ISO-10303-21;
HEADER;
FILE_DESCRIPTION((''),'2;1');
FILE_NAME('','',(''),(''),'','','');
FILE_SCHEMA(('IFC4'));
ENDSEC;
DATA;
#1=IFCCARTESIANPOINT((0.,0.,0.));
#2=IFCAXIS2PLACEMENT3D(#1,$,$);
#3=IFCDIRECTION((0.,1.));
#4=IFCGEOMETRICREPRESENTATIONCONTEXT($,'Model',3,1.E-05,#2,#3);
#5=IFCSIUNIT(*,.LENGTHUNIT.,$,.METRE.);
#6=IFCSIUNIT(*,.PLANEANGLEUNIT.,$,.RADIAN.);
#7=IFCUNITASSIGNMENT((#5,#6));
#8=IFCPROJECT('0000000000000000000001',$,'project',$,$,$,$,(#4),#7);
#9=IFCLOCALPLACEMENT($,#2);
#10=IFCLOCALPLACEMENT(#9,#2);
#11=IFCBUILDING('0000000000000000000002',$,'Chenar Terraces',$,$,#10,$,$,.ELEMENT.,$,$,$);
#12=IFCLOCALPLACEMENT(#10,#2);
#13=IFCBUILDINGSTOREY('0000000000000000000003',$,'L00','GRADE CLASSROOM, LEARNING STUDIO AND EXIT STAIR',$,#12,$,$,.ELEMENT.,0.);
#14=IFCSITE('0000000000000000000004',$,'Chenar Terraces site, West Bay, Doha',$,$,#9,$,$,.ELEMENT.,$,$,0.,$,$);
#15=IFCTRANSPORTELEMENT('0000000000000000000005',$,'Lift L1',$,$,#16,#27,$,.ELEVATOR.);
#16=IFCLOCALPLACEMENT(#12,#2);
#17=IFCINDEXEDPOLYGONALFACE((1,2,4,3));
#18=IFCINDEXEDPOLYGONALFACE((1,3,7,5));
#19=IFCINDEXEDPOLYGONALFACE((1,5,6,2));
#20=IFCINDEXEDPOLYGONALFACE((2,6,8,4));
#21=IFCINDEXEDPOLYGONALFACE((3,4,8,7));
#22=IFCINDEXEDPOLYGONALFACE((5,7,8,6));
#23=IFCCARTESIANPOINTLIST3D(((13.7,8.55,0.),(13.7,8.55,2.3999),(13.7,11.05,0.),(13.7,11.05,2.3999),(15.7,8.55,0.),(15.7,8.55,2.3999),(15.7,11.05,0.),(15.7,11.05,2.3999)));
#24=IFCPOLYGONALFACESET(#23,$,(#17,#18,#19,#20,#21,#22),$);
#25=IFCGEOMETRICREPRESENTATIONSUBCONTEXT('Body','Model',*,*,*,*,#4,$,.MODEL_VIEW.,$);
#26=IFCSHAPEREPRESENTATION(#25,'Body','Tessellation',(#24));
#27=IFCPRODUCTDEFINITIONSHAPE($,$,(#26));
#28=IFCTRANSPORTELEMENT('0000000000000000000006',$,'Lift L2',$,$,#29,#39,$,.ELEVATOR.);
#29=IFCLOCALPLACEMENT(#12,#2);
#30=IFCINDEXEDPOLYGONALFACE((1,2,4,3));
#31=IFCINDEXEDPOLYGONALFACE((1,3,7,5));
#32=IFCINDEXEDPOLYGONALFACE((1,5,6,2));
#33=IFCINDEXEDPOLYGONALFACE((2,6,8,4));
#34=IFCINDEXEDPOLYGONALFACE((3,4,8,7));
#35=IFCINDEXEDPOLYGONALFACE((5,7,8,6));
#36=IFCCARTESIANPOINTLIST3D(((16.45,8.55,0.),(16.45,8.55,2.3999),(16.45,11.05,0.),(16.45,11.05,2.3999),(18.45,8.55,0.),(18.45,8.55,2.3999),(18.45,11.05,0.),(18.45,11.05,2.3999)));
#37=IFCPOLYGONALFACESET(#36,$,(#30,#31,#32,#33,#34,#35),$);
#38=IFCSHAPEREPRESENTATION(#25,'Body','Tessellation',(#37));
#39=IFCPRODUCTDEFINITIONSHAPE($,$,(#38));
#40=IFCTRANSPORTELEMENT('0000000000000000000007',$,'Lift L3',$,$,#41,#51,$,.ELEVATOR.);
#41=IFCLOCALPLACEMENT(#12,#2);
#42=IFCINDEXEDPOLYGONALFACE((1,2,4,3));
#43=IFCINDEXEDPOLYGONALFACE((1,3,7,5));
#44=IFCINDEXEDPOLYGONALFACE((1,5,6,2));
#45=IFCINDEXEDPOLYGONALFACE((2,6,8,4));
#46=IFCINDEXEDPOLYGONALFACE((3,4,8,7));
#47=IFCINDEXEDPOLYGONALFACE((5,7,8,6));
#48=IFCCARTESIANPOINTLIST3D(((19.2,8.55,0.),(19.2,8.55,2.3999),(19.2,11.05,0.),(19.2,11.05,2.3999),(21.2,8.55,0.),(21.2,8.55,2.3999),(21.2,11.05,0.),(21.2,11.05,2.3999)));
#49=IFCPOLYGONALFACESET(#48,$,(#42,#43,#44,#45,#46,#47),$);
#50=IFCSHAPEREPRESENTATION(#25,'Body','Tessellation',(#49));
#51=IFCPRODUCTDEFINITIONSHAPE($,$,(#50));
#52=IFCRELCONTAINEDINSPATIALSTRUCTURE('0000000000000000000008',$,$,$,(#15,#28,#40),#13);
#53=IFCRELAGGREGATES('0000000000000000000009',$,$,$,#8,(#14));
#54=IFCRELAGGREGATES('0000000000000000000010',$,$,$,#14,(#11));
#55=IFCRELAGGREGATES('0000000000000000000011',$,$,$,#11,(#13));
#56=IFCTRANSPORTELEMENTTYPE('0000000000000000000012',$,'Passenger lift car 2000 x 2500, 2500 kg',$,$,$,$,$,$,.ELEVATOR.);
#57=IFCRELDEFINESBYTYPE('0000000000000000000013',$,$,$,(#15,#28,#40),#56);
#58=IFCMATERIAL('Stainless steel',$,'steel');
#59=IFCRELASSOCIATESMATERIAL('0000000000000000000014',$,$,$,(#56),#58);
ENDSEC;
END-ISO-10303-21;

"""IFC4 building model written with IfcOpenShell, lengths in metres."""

from ifc_helpers import new_model, si_unit, direction, frame, origin, origin_2d, place, context, subcontext, project, spatial, rectangle, extrude, material, type_object, element, save


model = new_model("IFC4")

# Units and contexts
model_context = context("Model", 3, precision=1e-05, world=origin(), true_north=direction((0.0, 1.0)))
body_context = subcontext(model_context, "Body", "Model", "MODEL_VIEW")
ifc_project = project(units=[si_unit("LENGTHUNIT", "METRE"), si_unit("PLANEANGLEUNIT", "RADIAN")], contexts=[model_context])

# Site, building, storey
site_placement = place(None, origin())
site = spatial("IfcSite", under=ifc_project, at=site_placement, Name="Chenar Terraces site, West Bay, Doha", CompositionType="ELEMENT", RefElevation=0.0)
building_placement = place(site_placement, origin())
building = spatial("IfcBuilding", under=site, at=building_placement, Name="Chenar Terraces", CompositionType="ELEMENT")
storey_placement = place(building_placement, origin())
storey = spatial("IfcBuildingStorey", under=building, at=storey_placement, Name="L00", Description="GRADE CLASSROOM, LEARNING STUDIO AND EXIT STAIR", CompositionType="ELEMENT", Elevation=0.0)

# Transport elements
ifc_material_1 = material(Name="Stainless steel", Category="steel")
transport_element_type = type_object("IfcTransportElementType", Name="Passenger lift car 2000 x 2500, 2500 kg", PredefinedType="ELEVATOR", material=ifc_material_1)
for number, where, z_axis, x_axis, name in (
    (1, (14.7, 9.8, 0.0), (0.0, 0.0, 1.0), (1.0, 0.0, 0.0), "Lift L1"),
    (2, (17.45, 9.8, 0.0), (0.0, 0.0, 1.0), (1.0, 0.0, 0.0), "Lift L2"),
    (3, (20.2, 9.8, 0.0), (0.0, 0.0, 1.0), (1.0, 0.0, 0.0), "Lift L3"),
):
    element("IfcTransportElement", number, at=place(storey_placement, frame(where, z_axis=z_axis, x_axis=x_axis)), inside=storey, type_object=transport_element_type, Name=name, PredefinedType="ELEVATOR", context=body_context, shape_type="SweptSolid", body=[
        extrude(rectangle(XDim=2.0, YDim=2.5, at=origin_2d()), origin(), (0.0, 0.0, 1.0), 2.3999),
    ])

save(model, "model.ifc")
